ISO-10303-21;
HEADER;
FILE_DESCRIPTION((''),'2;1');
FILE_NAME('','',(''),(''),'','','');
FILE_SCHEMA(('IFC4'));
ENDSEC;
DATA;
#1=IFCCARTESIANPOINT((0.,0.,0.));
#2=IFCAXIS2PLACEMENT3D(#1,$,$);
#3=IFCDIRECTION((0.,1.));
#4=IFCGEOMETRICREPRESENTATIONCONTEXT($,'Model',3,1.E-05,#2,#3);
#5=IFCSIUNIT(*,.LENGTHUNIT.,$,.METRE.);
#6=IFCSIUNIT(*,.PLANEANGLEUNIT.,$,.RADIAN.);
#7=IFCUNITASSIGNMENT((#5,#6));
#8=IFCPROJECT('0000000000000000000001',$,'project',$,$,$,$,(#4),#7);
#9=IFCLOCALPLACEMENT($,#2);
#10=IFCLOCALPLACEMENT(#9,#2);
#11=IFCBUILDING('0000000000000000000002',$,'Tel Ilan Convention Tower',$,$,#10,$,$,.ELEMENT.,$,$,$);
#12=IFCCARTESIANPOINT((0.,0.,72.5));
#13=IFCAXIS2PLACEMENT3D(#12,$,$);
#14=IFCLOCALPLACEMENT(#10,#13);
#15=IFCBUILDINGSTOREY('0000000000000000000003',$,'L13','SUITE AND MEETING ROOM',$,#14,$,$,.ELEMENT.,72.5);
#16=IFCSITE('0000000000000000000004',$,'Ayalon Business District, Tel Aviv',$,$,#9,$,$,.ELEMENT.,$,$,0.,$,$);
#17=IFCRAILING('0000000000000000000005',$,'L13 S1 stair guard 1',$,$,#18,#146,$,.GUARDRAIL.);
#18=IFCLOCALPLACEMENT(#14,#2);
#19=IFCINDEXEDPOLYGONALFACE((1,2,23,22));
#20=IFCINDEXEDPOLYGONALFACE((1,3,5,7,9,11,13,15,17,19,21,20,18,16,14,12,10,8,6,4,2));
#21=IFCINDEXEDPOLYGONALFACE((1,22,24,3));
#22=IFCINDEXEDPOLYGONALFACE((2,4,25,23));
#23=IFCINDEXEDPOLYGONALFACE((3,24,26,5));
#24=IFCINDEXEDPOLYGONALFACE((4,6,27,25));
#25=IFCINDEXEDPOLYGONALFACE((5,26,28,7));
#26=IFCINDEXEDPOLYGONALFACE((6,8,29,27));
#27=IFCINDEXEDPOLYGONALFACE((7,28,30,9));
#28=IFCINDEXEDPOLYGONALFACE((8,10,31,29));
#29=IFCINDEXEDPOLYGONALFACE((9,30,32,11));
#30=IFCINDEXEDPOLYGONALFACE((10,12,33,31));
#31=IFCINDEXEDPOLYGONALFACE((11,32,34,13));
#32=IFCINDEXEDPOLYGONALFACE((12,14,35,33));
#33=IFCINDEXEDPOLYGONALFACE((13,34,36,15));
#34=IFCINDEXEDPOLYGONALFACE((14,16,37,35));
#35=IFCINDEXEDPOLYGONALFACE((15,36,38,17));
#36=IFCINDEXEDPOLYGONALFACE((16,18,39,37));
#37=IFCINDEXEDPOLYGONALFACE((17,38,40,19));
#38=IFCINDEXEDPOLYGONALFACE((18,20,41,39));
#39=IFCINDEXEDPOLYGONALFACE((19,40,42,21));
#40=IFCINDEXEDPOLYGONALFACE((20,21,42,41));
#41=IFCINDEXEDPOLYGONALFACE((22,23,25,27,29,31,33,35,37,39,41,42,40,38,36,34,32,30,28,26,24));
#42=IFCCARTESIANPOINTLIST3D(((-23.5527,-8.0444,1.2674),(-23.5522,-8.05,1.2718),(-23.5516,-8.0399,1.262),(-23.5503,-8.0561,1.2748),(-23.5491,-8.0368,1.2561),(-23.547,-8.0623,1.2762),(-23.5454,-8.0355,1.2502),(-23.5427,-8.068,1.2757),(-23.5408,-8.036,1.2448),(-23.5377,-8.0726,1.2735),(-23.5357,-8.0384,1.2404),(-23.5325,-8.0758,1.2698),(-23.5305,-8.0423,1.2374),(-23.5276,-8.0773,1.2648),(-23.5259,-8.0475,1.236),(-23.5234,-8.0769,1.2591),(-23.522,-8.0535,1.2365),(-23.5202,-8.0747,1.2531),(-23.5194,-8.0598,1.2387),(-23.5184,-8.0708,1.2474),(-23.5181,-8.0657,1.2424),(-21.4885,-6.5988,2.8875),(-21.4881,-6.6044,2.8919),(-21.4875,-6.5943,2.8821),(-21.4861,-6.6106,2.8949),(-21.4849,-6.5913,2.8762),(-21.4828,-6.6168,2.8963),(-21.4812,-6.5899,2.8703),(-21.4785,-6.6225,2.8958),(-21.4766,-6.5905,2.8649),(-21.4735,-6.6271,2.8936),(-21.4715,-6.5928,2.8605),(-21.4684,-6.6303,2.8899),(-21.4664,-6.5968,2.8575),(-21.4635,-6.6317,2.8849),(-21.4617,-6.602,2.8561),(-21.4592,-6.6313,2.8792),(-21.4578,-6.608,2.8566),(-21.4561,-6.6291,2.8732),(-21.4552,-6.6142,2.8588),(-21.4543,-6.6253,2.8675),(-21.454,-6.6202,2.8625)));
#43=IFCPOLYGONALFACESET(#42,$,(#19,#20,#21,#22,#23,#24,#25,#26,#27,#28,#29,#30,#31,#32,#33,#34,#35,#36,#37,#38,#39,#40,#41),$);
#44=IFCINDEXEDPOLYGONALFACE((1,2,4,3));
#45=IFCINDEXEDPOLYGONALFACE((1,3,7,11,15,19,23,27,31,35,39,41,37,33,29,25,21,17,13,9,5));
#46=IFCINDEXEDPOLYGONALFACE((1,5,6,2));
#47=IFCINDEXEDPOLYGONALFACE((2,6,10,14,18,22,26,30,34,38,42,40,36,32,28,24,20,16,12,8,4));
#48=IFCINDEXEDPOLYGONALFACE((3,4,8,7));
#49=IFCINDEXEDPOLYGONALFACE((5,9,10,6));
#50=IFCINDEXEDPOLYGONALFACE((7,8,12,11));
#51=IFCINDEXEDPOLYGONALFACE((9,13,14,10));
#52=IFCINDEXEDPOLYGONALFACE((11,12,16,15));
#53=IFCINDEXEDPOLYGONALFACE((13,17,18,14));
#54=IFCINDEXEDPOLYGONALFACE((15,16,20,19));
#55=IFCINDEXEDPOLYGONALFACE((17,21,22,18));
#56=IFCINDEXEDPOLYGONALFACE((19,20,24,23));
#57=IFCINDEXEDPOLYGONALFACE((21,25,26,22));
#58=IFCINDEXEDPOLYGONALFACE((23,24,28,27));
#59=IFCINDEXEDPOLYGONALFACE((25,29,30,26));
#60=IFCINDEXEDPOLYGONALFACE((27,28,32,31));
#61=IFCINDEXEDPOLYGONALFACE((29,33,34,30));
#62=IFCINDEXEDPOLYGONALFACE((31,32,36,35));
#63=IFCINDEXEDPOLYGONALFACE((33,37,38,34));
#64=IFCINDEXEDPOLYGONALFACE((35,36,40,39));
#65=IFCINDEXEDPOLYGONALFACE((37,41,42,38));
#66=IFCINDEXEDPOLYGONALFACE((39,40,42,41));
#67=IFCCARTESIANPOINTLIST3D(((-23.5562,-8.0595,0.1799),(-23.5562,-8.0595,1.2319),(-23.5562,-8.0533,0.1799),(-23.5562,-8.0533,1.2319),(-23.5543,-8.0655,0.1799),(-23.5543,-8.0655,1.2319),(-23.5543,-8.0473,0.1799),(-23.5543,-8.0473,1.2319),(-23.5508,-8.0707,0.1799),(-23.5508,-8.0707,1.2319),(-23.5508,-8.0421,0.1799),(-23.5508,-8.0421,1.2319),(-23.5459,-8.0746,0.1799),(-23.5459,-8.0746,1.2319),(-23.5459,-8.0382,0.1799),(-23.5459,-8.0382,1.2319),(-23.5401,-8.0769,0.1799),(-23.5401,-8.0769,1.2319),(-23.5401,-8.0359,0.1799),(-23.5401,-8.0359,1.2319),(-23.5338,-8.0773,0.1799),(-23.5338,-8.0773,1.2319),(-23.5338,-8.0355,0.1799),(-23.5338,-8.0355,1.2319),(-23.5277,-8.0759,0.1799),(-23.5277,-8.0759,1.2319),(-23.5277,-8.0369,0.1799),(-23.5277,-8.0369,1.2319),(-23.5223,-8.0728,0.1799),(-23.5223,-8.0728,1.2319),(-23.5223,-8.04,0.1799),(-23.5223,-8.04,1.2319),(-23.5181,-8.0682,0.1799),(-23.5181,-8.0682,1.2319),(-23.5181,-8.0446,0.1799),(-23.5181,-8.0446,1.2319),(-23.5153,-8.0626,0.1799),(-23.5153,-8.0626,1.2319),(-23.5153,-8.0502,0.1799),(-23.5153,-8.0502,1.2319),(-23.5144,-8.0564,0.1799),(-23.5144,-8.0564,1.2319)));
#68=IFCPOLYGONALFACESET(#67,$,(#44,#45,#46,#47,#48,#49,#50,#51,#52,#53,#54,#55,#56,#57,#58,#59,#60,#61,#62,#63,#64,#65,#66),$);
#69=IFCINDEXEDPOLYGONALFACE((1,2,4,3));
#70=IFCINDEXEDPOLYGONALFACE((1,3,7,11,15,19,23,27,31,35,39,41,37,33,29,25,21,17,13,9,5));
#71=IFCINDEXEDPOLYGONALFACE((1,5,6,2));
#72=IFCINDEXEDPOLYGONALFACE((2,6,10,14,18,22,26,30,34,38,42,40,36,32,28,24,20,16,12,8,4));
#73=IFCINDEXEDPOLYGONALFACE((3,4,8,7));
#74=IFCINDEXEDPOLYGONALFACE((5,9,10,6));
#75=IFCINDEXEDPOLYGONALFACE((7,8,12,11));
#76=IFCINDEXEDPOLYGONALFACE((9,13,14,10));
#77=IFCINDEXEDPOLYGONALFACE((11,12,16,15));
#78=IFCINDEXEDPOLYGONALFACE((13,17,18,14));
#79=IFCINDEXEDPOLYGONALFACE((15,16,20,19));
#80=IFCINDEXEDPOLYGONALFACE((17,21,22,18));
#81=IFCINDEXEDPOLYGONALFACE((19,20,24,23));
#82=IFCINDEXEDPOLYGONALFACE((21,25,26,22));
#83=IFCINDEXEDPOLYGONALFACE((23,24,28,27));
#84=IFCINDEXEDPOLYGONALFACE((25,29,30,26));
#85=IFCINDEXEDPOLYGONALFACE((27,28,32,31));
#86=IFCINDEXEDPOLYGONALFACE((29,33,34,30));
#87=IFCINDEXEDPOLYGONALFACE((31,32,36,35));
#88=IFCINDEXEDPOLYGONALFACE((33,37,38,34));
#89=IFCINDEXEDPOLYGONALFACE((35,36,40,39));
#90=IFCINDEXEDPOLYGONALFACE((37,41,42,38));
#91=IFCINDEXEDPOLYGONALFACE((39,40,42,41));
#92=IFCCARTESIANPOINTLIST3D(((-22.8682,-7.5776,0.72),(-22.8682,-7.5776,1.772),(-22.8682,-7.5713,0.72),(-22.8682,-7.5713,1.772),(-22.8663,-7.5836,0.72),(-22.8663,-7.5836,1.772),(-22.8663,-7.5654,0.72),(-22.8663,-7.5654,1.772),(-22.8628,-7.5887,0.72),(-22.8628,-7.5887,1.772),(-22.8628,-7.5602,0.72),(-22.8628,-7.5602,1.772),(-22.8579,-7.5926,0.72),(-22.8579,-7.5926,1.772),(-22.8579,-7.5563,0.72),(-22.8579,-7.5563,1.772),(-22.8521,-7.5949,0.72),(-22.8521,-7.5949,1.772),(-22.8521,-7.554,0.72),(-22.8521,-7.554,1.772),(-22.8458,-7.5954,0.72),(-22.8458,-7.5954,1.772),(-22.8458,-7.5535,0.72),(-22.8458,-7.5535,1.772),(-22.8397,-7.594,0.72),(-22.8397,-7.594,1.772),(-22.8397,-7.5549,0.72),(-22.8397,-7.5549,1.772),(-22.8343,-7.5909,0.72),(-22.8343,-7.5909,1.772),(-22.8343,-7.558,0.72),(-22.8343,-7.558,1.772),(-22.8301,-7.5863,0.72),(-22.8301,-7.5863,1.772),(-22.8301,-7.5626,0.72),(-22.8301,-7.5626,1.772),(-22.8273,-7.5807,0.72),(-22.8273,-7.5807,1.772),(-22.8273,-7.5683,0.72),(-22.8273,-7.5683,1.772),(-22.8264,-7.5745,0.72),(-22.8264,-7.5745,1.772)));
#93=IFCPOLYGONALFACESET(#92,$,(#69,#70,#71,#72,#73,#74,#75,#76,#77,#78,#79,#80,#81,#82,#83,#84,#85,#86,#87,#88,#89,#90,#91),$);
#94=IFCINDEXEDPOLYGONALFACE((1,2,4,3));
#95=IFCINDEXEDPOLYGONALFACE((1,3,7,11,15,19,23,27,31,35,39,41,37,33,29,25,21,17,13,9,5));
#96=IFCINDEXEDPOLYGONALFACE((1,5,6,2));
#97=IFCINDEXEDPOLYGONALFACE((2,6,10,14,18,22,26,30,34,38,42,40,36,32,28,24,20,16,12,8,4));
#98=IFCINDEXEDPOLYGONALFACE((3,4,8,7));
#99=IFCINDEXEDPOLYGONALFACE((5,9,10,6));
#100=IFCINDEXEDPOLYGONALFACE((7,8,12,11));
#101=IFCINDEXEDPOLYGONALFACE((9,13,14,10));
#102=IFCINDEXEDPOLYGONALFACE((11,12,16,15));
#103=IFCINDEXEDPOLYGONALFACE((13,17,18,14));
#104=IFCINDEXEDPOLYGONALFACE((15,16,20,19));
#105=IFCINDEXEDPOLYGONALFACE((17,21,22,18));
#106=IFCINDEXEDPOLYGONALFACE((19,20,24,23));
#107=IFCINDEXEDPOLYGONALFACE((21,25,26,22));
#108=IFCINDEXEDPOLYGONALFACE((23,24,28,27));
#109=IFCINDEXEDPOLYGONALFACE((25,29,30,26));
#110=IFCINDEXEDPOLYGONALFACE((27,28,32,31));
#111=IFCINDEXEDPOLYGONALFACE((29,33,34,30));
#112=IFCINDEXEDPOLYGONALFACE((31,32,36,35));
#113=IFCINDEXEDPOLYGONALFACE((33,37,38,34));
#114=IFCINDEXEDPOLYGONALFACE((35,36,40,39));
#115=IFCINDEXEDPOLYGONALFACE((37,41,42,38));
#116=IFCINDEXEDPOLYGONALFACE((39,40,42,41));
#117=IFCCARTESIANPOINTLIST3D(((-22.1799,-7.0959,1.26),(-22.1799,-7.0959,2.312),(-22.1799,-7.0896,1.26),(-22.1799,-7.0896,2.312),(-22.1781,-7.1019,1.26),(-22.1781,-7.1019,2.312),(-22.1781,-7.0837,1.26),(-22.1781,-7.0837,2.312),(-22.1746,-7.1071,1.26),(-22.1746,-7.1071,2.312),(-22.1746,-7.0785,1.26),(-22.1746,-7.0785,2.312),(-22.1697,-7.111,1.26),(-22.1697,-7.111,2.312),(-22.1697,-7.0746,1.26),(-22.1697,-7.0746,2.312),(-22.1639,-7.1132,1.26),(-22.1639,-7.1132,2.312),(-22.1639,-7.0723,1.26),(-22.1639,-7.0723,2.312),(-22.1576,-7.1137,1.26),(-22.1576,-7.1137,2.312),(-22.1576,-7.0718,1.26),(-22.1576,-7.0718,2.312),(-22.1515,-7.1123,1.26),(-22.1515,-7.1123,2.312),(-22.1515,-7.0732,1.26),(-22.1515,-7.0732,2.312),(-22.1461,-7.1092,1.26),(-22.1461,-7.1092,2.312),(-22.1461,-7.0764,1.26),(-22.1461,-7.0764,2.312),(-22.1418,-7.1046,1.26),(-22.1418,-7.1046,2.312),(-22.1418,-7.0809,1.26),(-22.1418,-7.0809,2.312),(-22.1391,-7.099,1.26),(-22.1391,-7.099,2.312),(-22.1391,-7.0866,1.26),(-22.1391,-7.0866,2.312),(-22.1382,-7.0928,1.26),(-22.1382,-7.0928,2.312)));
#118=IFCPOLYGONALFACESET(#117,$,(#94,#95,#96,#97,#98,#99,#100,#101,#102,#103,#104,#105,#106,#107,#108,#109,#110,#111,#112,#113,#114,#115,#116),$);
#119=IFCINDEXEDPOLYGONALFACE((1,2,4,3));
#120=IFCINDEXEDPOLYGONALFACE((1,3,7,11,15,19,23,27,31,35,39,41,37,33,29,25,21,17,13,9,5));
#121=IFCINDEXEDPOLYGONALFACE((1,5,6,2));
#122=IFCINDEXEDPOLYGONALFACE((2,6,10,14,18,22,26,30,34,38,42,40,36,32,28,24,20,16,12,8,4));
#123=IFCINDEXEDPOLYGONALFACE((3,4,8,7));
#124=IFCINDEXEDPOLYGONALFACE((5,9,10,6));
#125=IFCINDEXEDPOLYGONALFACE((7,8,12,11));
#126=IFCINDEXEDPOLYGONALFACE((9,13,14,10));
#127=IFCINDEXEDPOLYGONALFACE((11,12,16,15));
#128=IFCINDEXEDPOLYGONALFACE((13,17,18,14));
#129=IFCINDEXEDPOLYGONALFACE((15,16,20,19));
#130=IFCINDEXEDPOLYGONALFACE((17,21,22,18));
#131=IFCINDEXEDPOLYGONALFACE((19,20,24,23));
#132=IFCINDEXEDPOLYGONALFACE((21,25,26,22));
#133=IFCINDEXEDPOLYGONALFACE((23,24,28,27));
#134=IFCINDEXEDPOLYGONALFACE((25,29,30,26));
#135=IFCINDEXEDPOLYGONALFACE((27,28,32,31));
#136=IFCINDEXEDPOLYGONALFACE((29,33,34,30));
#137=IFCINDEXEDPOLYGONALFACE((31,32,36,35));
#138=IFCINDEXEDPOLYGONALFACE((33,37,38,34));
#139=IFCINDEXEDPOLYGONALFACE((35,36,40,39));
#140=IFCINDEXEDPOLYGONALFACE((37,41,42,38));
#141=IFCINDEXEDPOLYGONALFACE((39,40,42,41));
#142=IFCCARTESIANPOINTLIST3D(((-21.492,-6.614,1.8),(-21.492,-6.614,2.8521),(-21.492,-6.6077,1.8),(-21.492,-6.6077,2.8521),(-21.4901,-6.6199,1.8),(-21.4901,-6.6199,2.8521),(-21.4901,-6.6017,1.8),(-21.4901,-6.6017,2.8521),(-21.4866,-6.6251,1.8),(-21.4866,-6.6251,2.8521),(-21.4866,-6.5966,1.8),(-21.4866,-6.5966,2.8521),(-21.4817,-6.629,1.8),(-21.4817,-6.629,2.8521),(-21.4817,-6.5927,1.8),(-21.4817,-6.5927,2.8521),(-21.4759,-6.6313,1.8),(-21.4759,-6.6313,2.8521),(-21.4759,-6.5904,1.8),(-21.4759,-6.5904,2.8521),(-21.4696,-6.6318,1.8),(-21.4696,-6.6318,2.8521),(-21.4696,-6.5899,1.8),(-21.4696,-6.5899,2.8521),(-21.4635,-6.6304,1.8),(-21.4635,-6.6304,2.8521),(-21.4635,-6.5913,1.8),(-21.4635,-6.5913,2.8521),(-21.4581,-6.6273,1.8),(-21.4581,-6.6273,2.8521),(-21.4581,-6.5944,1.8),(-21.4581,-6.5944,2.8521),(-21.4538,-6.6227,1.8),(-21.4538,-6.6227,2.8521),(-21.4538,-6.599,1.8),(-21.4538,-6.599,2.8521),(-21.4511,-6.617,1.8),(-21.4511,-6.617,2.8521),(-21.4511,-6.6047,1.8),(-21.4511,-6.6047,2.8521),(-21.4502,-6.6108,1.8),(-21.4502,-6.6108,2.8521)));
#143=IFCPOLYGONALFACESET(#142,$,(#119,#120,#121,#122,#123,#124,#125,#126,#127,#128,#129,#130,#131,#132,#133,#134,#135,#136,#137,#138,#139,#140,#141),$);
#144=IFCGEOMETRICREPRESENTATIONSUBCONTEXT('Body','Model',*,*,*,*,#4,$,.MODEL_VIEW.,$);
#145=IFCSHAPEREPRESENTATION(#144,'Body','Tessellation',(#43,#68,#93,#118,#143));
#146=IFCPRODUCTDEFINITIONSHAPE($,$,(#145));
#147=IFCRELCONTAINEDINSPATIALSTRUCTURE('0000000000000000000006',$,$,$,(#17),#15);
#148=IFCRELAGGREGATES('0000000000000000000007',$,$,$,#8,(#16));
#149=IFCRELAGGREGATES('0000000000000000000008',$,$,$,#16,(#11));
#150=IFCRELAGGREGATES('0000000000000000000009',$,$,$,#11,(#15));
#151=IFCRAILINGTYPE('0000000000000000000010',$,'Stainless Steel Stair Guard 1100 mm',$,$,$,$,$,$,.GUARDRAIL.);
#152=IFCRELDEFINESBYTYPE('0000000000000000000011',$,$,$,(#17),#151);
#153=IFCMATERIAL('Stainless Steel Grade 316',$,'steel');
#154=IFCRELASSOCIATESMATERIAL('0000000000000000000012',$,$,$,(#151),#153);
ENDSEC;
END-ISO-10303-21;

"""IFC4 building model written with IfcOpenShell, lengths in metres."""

from ifc_helpers import new_model, si_unit, direction, frame, origin, origin_2d, place, context, subcontext, project, spatial, circle, extrude, material, type_object, element, save


model = new_model("IFC4")

# Units and contexts
model_context = context("Model", 3, precision=1e-05, world=origin(), true_north=direction((0.0, 1.0)))
body_context = subcontext(model_context, "Body", "Model", "MODEL_VIEW")
ifc_project = project(units=[si_unit("LENGTHUNIT", "METRE"), si_unit("PLANEANGLEUNIT", "RADIAN")], contexts=[model_context])

# Site, building, storey
site_placement = place(None, origin())
site = spatial("IfcSite", under=ifc_project, at=site_placement, Name="Ayalon Business District, Tel Aviv", CompositionType="ELEMENT", RefElevation=0.0)
building_placement = place(site_placement, origin())
building = spatial("IfcBuilding", under=site, at=building_placement, Name="Tel Ilan Convention Tower", CompositionType="ELEMENT")
storey_placement = place(building_placement, frame((0.0, 0.0, 72.5)))
storey = spatial("IfcBuildingStorey", under=building, at=storey_placement, Name="L13", Description="SUITE AND MEETING ROOM", CompositionType="ELEMENT", Elevation=72.5)

# Railing
ifc_material_1 = material(Name="Stainless Steel Grade 316", Category="steel")
railing_type_1 = type_object("IfcRailingType", Name="Stainless Steel Stair Guard 1100 mm", PredefinedType="GUARDRAIL", material=ifc_material_1)
railing_1_placement = place(storey_placement, frame((-23.5354, -8.0564, 0.1799)))
element("IfcRailing", 1, at=railing_1_placement, inside=storey, type_object=railing_type_1, Name="L13 S1 stair guard 1", PredefinedType="GUARDRAIL", context=body_context, shape_type="SweptSolid", body=[
    extrude(circle(Radius=0.0239, at=origin_2d()), frame((0.0, 0.0, 1.0762), z_axis=(0.689013, 0.482513, 0.540779), x_axis=(-0.573625, 0.819118, 0.0)), (0.0, 0.0, 1.0), 2.9958),
    extrude(circle(Radius=0.021, at=origin_2d()), origin(), (0.0, 0.0, 1.0), 1.052),
    extrude(circle(Radius=0.021, at=origin_2d()), frame((0.688, 0.4819, 0.54)), (0.0, 0.0, 1.0), 1.052),
    extrude(circle(Radius=0.021, at=origin_2d()), frame((1.3762, 0.9636, 1.0801)), (0.0, 0.0, 1.0), 1.052),
    extrude(circle(Radius=0.021, at=origin_2d()), frame((2.0642, 1.4456, 1.6201)), (0.0, 0.0, 1.0), 1.052),
])

save(model, "model.ifc")
